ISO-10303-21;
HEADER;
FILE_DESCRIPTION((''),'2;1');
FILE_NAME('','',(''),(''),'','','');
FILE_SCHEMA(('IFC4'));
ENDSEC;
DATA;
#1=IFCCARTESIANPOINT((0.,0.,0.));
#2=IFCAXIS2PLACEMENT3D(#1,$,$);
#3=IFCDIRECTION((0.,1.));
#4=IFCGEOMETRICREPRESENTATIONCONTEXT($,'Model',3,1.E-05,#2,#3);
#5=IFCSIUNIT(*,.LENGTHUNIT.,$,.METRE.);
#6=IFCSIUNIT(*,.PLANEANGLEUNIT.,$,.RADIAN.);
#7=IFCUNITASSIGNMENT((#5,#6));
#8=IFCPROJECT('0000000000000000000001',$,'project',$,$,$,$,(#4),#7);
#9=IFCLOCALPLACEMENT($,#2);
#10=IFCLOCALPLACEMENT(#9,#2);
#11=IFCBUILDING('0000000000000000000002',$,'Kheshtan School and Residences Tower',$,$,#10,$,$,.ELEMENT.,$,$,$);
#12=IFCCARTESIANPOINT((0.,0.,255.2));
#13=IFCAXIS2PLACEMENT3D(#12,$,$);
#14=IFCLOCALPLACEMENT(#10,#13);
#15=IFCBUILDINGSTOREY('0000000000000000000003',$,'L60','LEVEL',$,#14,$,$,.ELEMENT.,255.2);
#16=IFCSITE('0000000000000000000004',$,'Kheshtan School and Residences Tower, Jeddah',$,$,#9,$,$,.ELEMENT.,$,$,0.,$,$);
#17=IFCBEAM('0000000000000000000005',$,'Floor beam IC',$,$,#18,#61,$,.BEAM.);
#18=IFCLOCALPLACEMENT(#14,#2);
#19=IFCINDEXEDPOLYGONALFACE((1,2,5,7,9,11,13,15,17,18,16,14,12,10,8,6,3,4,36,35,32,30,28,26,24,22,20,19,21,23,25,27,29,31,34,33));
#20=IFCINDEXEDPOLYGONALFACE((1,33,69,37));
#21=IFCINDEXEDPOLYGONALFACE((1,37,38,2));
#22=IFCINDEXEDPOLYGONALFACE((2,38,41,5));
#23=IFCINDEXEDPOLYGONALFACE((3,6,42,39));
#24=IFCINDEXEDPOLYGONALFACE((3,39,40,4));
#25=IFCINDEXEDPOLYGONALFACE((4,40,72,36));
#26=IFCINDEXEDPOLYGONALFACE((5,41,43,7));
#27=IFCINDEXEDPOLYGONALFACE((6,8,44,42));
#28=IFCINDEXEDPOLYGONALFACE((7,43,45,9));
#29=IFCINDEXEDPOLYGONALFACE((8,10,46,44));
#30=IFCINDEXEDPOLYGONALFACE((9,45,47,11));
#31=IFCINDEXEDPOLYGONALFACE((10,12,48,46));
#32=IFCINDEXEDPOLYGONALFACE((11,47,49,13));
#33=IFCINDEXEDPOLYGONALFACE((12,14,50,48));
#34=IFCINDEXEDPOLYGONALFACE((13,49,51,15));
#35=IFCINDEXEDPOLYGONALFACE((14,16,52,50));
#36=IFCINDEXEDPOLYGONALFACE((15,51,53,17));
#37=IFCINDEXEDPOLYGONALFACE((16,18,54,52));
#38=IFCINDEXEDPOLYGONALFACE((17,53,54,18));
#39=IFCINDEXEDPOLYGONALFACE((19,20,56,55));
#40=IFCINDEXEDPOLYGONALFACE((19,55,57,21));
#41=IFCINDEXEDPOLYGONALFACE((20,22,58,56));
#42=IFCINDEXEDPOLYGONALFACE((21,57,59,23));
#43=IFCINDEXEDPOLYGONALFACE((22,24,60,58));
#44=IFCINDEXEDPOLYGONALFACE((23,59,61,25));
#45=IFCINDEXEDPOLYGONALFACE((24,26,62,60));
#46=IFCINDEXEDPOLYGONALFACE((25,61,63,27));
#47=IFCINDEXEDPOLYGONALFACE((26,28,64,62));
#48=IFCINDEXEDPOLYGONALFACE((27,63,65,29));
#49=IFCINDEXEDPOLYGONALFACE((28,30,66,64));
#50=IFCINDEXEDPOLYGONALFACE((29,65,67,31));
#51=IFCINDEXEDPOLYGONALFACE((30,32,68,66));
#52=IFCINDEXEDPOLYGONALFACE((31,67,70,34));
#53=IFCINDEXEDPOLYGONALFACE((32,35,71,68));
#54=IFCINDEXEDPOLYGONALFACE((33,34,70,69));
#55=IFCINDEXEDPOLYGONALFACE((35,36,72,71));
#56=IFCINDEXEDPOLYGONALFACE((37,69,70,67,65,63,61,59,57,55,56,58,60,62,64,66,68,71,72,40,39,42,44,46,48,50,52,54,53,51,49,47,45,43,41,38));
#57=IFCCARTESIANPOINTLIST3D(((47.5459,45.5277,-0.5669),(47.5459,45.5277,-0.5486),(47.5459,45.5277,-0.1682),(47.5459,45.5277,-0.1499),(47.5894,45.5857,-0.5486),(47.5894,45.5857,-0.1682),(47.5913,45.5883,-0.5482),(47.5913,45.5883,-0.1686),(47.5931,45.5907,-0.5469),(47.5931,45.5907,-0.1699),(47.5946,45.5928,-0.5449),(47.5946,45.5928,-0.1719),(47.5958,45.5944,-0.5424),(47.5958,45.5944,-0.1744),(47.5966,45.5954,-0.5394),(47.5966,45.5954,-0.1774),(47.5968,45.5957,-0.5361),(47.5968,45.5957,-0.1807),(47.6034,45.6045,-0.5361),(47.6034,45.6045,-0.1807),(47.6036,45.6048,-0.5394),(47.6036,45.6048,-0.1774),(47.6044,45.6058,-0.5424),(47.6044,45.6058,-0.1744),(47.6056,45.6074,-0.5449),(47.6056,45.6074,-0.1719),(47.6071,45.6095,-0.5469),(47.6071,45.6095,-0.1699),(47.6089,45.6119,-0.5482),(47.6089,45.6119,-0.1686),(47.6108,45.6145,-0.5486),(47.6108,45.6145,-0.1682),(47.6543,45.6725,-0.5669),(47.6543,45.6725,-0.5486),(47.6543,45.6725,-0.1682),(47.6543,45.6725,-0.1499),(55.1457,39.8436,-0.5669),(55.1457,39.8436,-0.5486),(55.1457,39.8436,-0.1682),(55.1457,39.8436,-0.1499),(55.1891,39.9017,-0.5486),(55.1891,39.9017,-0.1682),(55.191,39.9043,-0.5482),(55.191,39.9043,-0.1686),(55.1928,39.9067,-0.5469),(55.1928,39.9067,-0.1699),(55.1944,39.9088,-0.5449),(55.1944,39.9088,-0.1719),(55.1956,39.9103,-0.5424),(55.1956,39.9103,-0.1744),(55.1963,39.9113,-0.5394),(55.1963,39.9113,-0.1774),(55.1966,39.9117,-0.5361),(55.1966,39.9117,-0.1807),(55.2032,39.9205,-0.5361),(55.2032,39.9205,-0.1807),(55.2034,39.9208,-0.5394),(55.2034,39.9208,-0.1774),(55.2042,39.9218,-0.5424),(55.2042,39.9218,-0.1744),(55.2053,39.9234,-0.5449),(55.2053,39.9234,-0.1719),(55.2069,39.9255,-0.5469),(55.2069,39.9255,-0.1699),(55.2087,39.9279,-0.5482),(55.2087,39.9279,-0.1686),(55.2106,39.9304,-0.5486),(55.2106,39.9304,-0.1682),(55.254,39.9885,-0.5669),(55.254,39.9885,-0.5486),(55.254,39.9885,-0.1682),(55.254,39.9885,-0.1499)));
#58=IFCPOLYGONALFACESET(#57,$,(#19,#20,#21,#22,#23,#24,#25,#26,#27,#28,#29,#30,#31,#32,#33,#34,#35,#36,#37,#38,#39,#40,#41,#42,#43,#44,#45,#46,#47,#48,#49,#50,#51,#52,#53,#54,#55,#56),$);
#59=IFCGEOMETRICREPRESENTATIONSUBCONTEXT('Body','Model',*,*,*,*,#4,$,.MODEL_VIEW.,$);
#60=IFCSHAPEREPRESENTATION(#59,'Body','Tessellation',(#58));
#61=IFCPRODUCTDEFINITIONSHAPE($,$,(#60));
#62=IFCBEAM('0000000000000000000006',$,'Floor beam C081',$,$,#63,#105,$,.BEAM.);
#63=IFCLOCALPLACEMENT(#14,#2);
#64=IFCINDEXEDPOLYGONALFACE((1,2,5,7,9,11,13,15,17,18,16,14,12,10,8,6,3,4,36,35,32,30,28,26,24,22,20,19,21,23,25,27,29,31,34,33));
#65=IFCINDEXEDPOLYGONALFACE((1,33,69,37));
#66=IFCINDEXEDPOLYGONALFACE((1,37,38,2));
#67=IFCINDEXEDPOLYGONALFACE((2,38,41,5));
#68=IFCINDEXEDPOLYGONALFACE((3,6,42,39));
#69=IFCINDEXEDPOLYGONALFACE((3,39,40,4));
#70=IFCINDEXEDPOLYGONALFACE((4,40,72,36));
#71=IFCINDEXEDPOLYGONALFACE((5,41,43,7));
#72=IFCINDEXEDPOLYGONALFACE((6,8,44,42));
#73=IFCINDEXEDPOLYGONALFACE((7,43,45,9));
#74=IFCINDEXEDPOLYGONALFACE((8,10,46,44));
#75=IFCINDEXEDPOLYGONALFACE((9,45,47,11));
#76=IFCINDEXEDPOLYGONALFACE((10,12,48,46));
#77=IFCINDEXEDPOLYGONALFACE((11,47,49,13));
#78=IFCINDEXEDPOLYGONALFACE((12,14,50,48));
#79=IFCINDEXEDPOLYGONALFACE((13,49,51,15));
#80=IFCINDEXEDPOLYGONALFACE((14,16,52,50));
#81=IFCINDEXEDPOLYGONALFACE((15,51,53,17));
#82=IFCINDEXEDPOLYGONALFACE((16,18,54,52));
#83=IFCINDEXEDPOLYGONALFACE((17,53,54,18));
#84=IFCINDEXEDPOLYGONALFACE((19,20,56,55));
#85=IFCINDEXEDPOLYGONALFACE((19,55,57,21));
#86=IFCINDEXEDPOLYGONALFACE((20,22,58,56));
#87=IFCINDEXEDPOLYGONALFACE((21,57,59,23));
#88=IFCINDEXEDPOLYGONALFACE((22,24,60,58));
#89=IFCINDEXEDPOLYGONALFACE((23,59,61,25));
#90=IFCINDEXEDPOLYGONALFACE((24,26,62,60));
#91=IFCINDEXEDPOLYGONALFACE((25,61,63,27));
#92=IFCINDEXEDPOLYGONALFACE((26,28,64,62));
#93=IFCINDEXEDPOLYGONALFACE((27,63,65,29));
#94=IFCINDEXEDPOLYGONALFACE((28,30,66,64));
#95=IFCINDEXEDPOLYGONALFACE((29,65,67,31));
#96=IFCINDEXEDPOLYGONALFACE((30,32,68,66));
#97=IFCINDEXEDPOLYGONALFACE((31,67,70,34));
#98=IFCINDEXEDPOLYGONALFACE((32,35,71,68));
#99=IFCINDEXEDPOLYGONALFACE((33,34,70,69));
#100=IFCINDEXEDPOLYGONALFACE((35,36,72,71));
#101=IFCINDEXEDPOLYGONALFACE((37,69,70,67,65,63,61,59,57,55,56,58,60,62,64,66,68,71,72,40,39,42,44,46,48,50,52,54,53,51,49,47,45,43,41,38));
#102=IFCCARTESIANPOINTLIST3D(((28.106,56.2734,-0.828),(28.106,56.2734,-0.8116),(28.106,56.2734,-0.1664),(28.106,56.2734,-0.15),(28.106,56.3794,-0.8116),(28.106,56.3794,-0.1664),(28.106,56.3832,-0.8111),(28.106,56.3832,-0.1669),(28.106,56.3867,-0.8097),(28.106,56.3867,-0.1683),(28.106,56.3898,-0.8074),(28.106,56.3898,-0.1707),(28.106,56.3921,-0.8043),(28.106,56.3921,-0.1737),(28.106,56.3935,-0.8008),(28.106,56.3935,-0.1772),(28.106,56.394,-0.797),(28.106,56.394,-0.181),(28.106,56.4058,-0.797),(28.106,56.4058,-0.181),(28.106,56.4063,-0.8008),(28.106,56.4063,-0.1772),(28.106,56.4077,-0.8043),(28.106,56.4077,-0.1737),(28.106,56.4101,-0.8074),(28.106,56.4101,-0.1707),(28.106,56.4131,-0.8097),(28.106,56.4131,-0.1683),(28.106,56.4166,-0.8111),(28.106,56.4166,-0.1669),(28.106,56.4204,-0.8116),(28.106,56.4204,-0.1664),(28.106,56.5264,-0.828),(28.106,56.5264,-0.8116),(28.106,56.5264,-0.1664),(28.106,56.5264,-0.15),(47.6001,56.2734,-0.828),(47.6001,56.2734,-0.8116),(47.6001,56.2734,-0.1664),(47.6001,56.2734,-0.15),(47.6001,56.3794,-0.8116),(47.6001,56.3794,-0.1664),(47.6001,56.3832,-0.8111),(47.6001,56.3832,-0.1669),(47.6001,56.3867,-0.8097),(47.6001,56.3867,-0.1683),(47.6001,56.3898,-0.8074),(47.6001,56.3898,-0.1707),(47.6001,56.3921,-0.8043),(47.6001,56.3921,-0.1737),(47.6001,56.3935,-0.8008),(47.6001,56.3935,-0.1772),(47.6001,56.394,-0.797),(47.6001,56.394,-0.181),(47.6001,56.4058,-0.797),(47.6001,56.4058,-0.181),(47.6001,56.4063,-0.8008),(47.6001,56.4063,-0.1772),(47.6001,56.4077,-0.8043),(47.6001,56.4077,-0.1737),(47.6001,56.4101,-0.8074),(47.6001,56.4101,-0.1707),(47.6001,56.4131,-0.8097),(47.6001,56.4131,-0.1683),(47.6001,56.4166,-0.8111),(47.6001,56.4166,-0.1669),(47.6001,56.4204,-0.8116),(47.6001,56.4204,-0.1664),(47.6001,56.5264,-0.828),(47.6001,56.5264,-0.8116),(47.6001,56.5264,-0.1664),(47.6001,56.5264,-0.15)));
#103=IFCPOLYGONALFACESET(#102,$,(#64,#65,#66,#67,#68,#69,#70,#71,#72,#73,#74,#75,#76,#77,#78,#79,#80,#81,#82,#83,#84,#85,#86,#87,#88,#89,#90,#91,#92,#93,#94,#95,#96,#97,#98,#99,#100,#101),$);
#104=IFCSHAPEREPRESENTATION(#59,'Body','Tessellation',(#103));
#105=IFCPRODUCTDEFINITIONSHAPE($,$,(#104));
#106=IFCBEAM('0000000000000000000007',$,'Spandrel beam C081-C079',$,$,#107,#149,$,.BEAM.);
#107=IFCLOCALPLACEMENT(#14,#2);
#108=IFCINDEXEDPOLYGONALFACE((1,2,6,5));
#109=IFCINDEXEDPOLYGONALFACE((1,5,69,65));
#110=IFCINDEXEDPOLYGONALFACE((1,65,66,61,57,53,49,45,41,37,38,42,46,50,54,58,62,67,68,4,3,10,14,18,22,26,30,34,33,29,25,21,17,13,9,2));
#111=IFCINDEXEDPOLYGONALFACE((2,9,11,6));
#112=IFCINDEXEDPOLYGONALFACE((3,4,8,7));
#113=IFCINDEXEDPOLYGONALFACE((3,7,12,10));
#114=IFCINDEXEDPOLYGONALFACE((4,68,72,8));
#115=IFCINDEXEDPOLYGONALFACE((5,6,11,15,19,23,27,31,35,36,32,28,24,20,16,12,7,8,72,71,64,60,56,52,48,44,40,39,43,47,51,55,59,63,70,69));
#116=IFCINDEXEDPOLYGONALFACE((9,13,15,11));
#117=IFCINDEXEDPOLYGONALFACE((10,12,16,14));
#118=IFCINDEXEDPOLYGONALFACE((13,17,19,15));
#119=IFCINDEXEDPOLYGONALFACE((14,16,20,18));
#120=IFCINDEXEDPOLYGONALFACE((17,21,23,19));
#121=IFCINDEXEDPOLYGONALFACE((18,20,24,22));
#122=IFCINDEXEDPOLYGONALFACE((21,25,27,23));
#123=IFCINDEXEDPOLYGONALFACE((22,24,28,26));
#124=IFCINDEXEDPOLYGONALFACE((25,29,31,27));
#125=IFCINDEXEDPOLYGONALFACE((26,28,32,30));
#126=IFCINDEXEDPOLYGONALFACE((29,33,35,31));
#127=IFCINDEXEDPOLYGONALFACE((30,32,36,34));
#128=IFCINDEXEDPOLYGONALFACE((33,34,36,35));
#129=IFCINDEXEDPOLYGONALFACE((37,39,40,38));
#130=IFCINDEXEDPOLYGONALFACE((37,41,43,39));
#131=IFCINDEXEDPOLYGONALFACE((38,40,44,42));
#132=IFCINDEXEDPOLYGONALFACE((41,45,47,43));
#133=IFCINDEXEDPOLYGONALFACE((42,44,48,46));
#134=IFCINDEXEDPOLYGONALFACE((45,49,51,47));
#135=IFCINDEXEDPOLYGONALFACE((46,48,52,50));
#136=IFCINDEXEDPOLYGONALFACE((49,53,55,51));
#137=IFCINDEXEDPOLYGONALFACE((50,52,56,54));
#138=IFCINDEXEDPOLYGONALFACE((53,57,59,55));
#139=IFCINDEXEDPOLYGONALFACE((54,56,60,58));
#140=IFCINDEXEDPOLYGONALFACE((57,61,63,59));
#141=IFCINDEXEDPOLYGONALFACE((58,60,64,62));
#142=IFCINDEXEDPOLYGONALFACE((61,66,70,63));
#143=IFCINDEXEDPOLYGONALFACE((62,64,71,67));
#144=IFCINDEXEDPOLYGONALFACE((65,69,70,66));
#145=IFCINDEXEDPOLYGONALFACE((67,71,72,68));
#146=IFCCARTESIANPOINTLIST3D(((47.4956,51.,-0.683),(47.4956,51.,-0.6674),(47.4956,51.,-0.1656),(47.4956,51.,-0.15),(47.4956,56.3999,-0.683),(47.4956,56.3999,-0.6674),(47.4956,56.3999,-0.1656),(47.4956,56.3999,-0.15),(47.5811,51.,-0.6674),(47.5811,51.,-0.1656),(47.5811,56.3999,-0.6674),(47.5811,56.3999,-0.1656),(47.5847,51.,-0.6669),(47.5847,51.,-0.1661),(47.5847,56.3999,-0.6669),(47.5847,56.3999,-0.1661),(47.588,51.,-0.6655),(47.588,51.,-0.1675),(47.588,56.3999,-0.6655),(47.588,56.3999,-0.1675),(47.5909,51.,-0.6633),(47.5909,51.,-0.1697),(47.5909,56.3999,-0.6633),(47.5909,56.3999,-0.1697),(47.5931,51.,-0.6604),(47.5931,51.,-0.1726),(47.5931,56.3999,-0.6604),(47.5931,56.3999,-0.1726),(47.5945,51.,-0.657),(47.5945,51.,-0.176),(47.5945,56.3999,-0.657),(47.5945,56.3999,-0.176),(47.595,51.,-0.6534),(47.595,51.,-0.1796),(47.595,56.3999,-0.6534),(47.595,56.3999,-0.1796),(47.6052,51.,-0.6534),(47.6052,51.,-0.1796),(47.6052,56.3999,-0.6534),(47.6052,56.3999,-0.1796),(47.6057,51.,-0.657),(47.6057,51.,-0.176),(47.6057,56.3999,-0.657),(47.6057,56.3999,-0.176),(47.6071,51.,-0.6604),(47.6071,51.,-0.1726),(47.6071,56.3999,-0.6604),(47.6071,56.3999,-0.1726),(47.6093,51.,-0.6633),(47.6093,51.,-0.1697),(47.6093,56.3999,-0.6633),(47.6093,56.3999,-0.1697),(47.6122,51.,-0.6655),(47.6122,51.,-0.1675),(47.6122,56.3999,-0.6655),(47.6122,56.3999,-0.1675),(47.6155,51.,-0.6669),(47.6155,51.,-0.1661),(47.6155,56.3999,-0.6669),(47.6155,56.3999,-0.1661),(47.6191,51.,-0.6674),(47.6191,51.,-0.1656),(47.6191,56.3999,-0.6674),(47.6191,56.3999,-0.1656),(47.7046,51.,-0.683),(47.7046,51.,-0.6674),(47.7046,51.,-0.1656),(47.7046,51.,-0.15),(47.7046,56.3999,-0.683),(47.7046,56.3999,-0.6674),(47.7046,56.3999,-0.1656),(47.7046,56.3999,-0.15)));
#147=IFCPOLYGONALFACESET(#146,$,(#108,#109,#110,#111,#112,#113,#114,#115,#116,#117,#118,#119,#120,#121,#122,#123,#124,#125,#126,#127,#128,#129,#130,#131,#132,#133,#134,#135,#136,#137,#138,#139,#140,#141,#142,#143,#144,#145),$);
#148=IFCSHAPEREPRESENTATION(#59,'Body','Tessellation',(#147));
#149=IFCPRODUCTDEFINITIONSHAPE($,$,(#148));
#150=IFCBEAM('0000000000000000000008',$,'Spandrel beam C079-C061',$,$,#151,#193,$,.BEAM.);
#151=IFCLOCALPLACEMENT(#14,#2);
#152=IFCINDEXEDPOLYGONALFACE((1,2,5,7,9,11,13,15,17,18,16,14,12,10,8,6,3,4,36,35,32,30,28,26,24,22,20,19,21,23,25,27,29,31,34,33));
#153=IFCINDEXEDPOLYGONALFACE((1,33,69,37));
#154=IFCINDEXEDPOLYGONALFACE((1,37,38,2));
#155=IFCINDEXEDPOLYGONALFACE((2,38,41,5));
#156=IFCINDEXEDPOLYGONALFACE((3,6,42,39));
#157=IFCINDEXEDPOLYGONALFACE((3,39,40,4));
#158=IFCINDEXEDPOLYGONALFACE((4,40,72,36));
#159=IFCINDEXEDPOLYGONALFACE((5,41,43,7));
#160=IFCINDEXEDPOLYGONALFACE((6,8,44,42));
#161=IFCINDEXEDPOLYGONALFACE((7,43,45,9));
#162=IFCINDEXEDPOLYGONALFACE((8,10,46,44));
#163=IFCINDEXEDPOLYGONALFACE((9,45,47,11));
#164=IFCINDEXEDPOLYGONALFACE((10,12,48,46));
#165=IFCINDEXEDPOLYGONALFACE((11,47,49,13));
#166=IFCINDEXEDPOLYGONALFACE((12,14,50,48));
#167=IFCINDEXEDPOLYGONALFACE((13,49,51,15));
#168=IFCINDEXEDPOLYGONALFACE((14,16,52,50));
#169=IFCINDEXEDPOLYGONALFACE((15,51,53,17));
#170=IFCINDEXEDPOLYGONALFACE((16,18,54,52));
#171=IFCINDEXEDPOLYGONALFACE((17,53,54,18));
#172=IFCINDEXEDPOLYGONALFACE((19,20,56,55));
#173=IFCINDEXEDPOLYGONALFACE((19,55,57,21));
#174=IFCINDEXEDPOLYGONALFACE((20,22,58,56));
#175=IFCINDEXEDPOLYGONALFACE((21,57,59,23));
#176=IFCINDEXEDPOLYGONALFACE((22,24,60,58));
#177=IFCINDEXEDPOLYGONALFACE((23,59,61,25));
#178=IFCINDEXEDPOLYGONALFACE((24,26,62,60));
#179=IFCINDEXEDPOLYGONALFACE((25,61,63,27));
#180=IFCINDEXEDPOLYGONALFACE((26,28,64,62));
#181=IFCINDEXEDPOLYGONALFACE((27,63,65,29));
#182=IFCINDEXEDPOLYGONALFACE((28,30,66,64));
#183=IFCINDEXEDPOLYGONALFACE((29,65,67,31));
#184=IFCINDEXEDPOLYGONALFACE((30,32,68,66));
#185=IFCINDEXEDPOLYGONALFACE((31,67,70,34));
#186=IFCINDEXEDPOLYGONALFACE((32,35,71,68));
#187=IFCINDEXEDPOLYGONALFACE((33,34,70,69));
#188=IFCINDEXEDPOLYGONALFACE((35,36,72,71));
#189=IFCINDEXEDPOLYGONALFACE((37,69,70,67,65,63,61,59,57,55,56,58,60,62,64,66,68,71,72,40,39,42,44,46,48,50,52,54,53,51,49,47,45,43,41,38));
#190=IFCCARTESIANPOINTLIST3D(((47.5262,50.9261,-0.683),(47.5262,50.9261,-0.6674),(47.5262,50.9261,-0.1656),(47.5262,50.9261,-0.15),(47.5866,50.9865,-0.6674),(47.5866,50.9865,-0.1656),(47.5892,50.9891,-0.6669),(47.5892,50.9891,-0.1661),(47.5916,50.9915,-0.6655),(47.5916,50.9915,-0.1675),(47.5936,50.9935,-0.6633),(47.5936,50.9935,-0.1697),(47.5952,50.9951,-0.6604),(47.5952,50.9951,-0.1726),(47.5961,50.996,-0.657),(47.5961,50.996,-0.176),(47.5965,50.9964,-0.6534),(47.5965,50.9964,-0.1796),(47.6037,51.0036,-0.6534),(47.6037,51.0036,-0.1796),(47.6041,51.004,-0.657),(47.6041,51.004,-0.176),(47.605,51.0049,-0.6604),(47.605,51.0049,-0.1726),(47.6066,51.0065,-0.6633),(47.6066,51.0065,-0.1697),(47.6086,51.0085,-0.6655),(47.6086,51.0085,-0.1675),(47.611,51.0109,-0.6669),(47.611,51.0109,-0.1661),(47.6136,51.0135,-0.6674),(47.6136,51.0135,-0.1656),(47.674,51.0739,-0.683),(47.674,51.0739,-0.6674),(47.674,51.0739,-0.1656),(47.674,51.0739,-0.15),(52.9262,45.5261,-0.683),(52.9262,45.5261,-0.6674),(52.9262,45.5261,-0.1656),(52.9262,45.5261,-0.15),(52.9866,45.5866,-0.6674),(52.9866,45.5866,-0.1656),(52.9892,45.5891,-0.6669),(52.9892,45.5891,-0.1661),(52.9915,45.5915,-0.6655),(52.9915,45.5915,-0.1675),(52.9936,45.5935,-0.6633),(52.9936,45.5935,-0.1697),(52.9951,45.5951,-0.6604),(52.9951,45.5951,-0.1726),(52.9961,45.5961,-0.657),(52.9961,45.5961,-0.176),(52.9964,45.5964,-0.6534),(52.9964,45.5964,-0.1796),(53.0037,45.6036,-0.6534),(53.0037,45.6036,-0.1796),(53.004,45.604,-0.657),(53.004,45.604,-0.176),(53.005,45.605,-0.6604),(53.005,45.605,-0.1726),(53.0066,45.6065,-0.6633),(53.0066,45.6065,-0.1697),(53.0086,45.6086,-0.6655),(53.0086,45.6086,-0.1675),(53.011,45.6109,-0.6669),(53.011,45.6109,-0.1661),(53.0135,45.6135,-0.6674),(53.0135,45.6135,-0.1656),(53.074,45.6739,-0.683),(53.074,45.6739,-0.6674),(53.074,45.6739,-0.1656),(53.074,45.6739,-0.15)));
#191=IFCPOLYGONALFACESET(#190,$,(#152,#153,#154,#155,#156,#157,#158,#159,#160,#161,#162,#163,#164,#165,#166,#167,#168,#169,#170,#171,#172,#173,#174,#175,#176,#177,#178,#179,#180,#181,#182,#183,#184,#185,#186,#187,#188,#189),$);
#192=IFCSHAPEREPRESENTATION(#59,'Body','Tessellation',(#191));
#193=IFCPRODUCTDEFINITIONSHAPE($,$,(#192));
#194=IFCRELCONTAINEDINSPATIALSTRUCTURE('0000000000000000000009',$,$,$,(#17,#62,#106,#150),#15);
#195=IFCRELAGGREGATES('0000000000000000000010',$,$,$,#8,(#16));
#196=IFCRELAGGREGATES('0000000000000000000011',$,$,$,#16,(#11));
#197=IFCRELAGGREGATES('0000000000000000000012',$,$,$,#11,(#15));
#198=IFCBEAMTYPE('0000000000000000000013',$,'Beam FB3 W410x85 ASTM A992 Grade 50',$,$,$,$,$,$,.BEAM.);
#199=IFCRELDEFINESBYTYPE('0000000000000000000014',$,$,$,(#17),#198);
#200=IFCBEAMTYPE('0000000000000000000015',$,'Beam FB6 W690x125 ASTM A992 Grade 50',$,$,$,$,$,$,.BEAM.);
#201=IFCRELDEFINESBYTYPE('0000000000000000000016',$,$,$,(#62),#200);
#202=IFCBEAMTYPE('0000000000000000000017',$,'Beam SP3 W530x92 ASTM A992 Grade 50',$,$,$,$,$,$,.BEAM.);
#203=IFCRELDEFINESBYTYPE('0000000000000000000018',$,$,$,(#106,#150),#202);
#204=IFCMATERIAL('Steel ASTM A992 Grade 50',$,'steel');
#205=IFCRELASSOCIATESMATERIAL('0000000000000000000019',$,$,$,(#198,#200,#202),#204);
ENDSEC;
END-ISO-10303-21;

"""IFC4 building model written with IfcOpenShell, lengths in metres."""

from ifc_helpers import new_model, si_unit, direction, frame, origin, origin_2d, place, context, subcontext, project, spatial, i_section, extrude, material, material_profile, profile_set, type_object, element, save


model = new_model("IFC4")

# Units and contexts
model_context = context("Model", 3, precision=1e-05, world=origin(), true_north=direction((0.0, 1.0)))
body_context = subcontext(model_context, "Body", "Model", "MODEL_VIEW")
ifc_project = project(units=[si_unit("LENGTHUNIT", "METRE"), si_unit("PLANEANGLEUNIT", "RADIAN")], contexts=[model_context])

# Site, building, storey
site_placement = place(None, origin())
site = spatial("IfcSite", under=ifc_project, at=site_placement, Name="Kheshtan School and Residences Tower, Jeddah", CompositionType="ELEMENT", RefElevation=0.0)
building_placement = place(site_placement, origin())
building = spatial("IfcBuilding", under=site, at=building_placement, Name="Kheshtan School and Residences Tower", CompositionType="ELEMENT")
storey_placement = place(building_placement, frame((0.0, 0.0, 255.2)))
storey = spatial("IfcBuildingStorey", under=building, at=storey_placement, Name="L60", Description="LEVEL", CompositionType="ELEMENT", Elevation=255.2)

# Shared definitions
ifc_material_1 = material(Name="Steel ASTM A992 Grade 50", Category="steel")

# Beams
ifc_material_profile_1 = material_profile(ifc_material_1, i_section(OverallWidth=0.1809, OverallDepth=0.417, WebThickness=0.011, FlangeThickness=0.0183, FilletRadius=0.0125, at=origin_2d()), Name="W410x85")
ifc_profile_set_1 = profile_set([ifc_material_profile_1], Name="Steel ASTM A992 Grade 50")
beam_type_1 = type_object("IfcBeamType", Name="Beam FB3 W410x85 ASTM A992 Grade 50", PredefinedType="BEAM", material=ifc_profile_set_1)
beam_1_placement = place(storey_placement, frame((47.6001, 45.6001, -0.3584), z_axis=(0.800799, -0.598933, 0.0), x_axis=(0.598933, 0.800799, 0.0)))
element("IfcBeam", 1, at=beam_1_placement, inside=storey, type_object=beam_type_1, Name="Floor beam IC", PredefinedType="BEAM", context=body_context, shape_type="SweptSolid", body=[
    extrude(i_section(OverallWidth=0.1809, OverallDepth=0.417, WebThickness=0.011, FlangeThickness=0.0183, FilletRadius=0.0125, at=origin_2d()), origin(), (0.0, 0.0, 1.0), 9.4902),
])
ifc_material_profile_2 = material_profile(ifc_material_1, i_section(OverallWidth=0.2529, OverallDepth=0.678, WebThickness=0.0117, FlangeThickness=0.0164, FilletRadius=0.0146, at=origin_2d()), Name="W690x125")
ifc_profile_set_2 = profile_set([ifc_material_profile_2], Name="Steel ASTM A992 Grade 50")
beam_type_2 = type_object("IfcBeamType", Name="Beam FB6 W690x125 ASTM A992 Grade 50", PredefinedType="BEAM", material=ifc_profile_set_2)
beam_2_placement = place(storey_placement, frame((47.6001, 56.3999, -0.489), z_axis=(-1.0, 0.0, 0.0), x_axis=(0.0, -1.0, 0.0)))
element("IfcBeam", 2, at=beam_2_placement, inside=storey, type_object=beam_type_2, Name="Floor beam C081", PredefinedType="BEAM", context=body_context, shape_type="SweptSolid", body=[
    extrude(i_section(OverallWidth=0.2529, OverallDepth=0.678, WebThickness=0.0117, FlangeThickness=0.0164, FilletRadius=0.0146, at=origin_2d()), origin(), (0.0, 0.0, 1.0), 19.4941),
])
ifc_material_profile_3 = material_profile(ifc_material_1, i_section(OverallWidth=0.209, OverallDepth=0.533, WebThickness=0.0103, FlangeThickness=0.0156, FilletRadius=0.0139, at=origin_2d()), Name="W530x92")
ifc_profile_set_3 = profile_set([ifc_material_profile_3], Name="Steel ASTM A992 Grade 50")
beam_type_3 = type_object("IfcBeamType", Name="Beam SP3 W530x92 ASTM A992 Grade 50", PredefinedType="BEAM", material=ifc_profile_set_3)
beam_3_placement = place(storey_placement, frame((47.6001, 56.3999, -0.4165), z_axis=(0.0, -1.0, 0.0), x_axis=(1.0, 0.0, 0.0)))
element("IfcBeam", 3, at=beam_3_placement, inside=storey, type_object=beam_type_3, Name="Spandrel beam C081-C079", PredefinedType="BEAM", context=body_context, shape_type="SweptSolid", body=[
    extrude(i_section(OverallWidth=0.209, OverallDepth=0.533, WebThickness=0.0103, FlangeThickness=0.0156, FilletRadius=0.0139, at=origin_2d()), origin(), (0.0, 0.0, 1.0), 5.3999),
])
beam_4_placement = place(storey_placement, frame((47.6001, 51.0, -0.4165), z_axis=(0.707107, -0.707107, 0.0), x_axis=(0.707107, 0.707107, 0.0)))
element("IfcBeam", 4, at=beam_4_placement, inside=storey, type_object=beam_type_3, Name="Spandrel beam C079-C061", PredefinedType="BEAM", context=body_context, shape_type="SweptSolid", body=[
    extrude(i_section(OverallWidth=0.209, OverallDepth=0.533, WebThickness=0.0103, FlangeThickness=0.0156, FilletRadius=0.0139, at=origin_2d()), origin(), (0.0, 0.0, 1.0), 7.6367),
])

save(model, "model.ifc")
